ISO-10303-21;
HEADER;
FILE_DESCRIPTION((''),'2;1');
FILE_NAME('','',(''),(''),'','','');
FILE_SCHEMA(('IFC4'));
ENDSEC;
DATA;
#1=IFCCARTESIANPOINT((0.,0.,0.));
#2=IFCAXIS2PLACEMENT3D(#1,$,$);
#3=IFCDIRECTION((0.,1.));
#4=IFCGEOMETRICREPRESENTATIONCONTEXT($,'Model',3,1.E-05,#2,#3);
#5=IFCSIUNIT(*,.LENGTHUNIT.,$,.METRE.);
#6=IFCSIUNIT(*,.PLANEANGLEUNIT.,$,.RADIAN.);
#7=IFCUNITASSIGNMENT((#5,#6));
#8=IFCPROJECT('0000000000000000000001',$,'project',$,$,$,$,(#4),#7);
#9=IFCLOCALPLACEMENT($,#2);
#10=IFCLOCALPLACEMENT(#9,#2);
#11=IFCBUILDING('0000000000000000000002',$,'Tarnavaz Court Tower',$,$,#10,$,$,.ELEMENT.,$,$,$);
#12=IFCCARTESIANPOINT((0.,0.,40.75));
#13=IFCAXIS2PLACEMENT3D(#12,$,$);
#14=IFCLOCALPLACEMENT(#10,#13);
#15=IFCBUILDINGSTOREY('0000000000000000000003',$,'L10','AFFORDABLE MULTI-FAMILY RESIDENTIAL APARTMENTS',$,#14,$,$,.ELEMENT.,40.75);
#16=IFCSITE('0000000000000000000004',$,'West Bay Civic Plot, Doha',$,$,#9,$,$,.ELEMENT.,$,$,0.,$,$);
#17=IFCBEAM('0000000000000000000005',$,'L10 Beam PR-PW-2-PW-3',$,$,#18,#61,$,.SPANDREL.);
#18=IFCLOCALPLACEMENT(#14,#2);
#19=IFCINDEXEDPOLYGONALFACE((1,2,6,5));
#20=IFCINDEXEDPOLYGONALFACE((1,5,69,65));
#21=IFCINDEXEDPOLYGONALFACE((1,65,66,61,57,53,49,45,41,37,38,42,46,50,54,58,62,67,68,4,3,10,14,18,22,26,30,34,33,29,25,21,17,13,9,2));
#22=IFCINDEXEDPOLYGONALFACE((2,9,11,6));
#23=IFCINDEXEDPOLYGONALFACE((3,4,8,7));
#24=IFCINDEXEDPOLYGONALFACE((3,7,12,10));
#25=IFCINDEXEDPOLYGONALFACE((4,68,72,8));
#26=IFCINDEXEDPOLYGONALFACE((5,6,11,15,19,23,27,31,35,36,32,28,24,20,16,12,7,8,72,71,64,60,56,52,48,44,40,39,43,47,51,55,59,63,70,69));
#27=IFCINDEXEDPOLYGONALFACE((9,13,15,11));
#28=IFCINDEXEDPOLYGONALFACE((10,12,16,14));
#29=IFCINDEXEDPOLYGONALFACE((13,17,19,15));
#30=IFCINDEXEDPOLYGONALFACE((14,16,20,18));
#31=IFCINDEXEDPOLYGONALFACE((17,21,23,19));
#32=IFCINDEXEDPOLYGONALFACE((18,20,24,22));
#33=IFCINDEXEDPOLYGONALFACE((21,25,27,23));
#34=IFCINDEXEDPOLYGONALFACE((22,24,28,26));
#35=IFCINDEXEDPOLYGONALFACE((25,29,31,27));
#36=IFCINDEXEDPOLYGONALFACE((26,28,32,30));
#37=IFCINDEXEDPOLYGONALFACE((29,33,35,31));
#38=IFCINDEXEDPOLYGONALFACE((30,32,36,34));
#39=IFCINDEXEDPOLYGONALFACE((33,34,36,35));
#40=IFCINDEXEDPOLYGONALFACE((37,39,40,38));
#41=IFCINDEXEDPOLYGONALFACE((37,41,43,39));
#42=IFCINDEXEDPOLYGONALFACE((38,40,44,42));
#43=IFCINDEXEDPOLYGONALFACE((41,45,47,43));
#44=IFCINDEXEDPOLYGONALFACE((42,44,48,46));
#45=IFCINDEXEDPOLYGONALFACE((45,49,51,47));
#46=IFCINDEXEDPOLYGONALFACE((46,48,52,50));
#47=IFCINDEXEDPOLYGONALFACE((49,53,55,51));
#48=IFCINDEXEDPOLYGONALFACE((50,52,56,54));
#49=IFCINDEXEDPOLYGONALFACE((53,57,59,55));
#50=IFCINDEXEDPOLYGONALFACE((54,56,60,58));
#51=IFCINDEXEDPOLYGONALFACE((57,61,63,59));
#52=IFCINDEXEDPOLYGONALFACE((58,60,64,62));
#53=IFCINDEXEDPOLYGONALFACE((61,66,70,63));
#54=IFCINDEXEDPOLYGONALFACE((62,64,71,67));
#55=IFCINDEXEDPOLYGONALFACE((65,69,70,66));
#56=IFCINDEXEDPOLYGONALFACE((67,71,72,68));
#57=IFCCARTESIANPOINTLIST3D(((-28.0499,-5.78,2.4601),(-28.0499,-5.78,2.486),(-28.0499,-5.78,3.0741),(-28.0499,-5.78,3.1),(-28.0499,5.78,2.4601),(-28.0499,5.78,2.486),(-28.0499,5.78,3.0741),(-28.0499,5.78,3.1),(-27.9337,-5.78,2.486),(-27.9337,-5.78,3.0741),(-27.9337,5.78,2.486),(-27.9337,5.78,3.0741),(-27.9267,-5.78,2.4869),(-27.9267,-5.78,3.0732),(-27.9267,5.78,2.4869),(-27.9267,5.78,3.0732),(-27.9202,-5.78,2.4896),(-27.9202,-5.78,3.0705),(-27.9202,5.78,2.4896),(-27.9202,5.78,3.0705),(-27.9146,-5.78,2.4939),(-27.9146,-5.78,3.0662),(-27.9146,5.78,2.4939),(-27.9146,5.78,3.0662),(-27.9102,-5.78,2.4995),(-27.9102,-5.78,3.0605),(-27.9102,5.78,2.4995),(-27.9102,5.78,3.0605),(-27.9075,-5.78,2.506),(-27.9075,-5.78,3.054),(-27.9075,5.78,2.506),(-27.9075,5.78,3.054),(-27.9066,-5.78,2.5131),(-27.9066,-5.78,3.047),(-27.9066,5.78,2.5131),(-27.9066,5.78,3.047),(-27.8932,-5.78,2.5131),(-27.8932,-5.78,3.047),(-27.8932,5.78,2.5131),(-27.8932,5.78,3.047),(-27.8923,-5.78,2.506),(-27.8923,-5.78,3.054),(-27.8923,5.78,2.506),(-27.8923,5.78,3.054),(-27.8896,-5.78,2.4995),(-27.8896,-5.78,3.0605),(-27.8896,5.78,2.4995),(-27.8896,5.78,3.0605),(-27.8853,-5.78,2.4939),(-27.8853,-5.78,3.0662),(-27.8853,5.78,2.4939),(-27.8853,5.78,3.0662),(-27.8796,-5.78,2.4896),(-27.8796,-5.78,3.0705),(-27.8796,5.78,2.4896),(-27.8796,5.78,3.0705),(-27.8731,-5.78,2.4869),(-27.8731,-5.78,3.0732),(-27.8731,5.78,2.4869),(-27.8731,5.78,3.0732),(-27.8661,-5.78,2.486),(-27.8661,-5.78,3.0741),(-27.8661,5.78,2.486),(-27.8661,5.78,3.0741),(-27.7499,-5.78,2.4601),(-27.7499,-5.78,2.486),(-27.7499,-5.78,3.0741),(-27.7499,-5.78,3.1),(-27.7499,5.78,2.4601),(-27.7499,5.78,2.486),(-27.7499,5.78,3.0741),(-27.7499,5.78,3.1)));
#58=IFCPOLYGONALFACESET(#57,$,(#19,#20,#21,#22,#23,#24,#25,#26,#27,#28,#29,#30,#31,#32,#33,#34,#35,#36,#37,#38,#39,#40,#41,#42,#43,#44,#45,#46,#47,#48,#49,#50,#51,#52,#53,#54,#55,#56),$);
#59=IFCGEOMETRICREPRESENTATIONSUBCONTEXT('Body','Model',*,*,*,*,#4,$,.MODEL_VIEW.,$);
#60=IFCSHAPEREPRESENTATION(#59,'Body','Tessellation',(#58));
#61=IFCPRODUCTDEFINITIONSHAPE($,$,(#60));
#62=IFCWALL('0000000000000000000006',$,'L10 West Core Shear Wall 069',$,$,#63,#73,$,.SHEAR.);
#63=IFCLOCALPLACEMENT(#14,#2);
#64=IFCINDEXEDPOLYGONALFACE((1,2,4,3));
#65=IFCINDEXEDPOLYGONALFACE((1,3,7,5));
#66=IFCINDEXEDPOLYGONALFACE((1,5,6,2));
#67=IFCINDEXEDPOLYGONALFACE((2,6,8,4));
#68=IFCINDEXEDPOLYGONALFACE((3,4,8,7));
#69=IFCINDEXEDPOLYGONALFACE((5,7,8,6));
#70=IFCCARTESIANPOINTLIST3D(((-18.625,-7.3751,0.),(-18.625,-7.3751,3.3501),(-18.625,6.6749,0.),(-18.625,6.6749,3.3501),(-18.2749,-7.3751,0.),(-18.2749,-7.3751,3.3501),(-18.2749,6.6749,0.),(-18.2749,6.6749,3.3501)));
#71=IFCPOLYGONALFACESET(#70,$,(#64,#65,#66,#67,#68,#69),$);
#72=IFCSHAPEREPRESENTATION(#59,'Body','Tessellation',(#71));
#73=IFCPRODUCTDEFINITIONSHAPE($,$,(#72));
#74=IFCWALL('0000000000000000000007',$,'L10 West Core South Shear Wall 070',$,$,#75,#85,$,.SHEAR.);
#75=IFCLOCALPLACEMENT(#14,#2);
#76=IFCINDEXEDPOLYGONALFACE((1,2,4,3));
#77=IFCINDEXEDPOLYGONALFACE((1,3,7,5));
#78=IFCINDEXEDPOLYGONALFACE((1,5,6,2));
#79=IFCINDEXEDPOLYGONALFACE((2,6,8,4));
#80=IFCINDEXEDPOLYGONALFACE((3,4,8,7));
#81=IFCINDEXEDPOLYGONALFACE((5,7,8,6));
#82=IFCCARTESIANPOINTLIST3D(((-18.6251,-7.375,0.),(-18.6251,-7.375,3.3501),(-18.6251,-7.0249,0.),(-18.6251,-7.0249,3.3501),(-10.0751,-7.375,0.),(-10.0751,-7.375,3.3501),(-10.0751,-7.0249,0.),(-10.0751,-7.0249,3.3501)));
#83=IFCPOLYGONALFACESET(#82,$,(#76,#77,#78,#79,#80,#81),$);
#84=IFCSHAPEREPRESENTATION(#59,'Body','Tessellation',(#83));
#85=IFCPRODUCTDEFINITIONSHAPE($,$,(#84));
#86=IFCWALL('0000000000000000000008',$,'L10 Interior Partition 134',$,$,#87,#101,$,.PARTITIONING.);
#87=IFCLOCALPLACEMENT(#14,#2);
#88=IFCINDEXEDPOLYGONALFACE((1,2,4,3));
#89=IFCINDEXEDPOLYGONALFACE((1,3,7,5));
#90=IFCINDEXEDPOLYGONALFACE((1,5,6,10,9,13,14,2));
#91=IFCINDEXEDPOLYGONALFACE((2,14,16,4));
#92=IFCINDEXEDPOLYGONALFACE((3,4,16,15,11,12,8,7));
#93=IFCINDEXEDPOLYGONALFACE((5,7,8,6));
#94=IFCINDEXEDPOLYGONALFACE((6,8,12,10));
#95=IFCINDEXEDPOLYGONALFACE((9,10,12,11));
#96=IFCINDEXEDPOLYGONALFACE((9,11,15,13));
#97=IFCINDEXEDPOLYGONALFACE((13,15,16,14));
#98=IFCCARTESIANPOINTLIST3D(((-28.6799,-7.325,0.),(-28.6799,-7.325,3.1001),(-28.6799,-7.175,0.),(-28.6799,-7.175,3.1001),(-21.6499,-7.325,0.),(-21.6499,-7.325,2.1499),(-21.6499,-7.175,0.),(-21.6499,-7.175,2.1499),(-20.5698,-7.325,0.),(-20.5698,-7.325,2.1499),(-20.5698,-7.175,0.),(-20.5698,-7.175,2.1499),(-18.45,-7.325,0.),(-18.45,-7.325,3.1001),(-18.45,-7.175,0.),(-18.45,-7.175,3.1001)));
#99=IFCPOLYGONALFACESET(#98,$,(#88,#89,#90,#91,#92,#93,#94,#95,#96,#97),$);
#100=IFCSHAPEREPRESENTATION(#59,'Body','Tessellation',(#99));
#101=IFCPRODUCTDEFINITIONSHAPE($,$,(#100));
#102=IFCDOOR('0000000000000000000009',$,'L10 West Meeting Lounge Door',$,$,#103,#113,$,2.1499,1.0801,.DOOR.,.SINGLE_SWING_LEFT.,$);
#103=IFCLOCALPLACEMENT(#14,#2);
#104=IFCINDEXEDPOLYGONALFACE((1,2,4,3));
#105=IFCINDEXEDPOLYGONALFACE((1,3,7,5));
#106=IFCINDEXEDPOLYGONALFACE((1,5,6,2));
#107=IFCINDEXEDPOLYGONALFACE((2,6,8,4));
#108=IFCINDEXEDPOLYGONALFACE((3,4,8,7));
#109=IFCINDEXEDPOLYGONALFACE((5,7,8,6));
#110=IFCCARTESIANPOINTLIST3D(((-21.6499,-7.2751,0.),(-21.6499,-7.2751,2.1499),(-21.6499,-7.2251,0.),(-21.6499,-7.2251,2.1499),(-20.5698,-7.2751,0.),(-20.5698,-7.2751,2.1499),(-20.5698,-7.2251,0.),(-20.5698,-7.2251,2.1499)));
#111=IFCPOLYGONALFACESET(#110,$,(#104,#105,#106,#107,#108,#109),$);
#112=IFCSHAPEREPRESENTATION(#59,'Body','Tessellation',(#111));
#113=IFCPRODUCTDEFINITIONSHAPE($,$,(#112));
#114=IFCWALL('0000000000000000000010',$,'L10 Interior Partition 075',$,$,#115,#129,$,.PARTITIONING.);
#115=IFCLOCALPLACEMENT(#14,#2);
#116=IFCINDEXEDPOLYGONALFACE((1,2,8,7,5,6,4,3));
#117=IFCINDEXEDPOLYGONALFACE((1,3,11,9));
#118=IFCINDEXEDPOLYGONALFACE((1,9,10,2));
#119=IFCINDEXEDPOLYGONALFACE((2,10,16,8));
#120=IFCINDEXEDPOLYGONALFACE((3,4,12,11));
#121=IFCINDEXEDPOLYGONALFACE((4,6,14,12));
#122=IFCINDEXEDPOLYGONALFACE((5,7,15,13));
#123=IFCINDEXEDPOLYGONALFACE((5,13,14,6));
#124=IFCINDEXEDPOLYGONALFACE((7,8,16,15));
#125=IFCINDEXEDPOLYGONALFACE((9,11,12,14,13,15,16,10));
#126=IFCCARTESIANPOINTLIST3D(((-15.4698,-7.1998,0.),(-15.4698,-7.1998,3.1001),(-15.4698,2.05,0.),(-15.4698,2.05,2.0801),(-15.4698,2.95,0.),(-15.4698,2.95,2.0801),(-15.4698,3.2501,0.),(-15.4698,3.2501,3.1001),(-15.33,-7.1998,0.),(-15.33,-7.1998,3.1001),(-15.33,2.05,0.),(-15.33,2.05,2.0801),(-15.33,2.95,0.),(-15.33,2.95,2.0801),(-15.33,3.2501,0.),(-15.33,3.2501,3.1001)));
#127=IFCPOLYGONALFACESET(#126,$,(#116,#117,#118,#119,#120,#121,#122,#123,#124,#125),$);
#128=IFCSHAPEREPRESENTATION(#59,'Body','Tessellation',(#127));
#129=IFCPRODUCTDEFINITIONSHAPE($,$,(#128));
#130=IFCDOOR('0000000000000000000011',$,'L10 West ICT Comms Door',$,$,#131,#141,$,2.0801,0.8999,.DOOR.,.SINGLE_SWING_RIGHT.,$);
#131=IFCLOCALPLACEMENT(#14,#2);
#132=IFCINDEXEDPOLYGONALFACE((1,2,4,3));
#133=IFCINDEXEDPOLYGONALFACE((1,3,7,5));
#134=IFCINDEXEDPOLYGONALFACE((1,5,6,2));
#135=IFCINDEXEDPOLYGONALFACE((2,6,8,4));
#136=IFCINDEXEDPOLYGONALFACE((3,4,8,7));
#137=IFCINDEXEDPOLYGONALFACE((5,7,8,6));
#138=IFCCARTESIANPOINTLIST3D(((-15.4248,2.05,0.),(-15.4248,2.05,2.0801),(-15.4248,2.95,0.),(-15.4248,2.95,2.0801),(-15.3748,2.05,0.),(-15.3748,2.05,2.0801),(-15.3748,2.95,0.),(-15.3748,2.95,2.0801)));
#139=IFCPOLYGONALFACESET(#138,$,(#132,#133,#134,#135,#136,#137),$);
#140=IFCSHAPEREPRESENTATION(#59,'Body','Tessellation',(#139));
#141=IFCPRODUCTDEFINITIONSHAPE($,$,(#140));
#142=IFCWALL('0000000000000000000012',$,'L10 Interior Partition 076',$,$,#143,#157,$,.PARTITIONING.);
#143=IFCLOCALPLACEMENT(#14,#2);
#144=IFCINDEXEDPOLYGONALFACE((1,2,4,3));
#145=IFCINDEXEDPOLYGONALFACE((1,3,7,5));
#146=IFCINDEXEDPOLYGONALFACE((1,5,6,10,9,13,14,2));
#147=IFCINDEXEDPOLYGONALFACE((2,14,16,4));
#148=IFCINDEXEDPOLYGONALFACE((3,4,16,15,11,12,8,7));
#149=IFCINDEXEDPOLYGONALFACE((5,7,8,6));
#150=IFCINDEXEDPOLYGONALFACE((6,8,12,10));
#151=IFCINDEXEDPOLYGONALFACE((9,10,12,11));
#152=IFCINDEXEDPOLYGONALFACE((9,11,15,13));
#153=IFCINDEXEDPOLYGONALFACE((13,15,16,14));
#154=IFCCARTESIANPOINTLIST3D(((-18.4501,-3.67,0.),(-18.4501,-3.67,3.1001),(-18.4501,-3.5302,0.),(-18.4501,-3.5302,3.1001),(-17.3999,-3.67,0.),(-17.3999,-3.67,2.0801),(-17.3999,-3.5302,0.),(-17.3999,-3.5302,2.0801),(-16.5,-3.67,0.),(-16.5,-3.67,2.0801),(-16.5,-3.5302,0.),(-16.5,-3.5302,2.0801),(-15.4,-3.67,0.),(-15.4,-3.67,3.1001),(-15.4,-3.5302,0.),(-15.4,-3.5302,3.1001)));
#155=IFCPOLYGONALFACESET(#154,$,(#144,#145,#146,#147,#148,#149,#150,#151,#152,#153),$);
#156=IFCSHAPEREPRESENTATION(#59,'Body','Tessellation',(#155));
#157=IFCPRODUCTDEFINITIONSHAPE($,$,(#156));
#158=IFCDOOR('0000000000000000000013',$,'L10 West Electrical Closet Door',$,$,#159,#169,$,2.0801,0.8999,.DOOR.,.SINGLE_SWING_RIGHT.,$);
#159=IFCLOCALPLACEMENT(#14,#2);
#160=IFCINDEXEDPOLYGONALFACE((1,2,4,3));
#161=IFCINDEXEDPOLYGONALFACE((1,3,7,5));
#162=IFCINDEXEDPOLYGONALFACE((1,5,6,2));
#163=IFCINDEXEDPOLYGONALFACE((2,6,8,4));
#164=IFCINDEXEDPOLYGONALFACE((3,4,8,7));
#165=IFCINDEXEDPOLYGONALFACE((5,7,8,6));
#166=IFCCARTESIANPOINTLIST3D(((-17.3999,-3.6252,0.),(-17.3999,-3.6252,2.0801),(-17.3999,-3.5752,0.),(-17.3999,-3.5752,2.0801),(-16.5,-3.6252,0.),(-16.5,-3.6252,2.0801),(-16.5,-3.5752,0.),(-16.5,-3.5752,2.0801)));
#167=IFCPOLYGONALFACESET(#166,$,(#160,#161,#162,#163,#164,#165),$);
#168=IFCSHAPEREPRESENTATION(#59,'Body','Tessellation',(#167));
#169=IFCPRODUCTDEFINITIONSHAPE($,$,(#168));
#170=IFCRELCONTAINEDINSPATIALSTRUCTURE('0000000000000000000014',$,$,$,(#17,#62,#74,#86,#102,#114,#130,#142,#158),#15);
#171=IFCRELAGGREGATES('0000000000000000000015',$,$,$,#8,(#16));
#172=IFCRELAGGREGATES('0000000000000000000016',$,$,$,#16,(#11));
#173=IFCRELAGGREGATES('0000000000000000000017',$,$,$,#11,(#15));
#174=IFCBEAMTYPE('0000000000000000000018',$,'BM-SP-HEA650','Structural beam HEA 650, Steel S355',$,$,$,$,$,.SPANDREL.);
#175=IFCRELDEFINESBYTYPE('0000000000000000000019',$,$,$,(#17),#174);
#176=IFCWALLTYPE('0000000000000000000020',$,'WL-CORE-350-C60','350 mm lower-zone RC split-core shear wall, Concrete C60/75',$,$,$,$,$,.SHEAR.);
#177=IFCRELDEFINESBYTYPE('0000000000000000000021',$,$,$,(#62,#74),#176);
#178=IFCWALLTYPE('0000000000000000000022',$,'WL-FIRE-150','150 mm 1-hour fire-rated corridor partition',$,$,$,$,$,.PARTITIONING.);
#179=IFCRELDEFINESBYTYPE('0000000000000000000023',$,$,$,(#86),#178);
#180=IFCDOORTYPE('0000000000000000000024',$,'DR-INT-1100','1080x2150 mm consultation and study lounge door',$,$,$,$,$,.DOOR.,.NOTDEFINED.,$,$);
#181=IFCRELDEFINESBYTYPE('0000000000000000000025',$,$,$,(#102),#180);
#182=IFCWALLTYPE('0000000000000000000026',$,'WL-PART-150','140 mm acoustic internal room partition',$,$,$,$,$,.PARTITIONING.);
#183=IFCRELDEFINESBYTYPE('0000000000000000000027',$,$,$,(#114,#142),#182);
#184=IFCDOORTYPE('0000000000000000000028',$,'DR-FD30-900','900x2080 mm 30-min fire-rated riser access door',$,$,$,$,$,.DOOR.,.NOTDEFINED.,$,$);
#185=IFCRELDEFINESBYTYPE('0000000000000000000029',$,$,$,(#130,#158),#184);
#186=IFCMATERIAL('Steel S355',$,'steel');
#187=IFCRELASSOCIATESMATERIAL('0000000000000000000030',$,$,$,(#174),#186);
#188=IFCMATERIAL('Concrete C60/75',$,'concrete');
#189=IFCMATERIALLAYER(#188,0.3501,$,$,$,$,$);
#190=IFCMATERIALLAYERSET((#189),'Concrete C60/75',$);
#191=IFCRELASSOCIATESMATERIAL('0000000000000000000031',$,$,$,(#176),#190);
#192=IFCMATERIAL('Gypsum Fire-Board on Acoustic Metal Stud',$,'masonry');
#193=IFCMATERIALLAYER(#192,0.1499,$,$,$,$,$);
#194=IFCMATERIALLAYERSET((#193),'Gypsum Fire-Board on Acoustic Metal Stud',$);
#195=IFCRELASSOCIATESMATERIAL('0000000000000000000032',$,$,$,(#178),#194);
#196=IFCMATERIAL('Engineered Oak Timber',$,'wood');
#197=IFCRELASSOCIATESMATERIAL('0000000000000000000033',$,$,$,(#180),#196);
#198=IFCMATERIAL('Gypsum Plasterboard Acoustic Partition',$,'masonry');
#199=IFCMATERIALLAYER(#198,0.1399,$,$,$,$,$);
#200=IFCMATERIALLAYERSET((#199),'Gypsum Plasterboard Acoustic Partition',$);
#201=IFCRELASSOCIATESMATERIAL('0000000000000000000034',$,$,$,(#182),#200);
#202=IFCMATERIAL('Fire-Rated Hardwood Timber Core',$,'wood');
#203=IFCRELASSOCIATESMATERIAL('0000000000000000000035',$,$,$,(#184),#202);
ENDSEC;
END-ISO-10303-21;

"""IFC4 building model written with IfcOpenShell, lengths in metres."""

from ifc_helpers import new_model, si_unit, direction, frame, frame_2d, origin, origin_2d, place, context, subcontext, project, spatial, rectangle, i_section, extrude, material, layer, layer_set, material_profile, profile_set, type_object, element, fill, save


model = new_model("IFC4")

# Units and contexts
model_context = context("Model", 3, precision=1e-05, world=origin(), true_north=direction((0.0, 1.0)))
body_context = subcontext(model_context, "Body", "Model", "MODEL_VIEW")
ifc_project = project(units=[si_unit("LENGTHUNIT", "METRE"), si_unit("PLANEANGLEUNIT", "RADIAN")], contexts=[model_context])

# Site, building, storey
site_placement = place(None, origin())
site = spatial("IfcSite", under=ifc_project, at=site_placement, Name="West Bay Civic Plot, Doha", CompositionType="ELEMENT", RefElevation=0.0)
building_placement = place(site_placement, origin())
building = spatial("IfcBuilding", under=site, at=building_placement, Name="Tarnavaz Court Tower", CompositionType="ELEMENT")
storey_placement = place(building_placement, frame((0.0, 0.0, 40.75)))
storey = spatial("IfcBuildingStorey", under=building, at=storey_placement, Name="L10", Description="AFFORDABLE MULTI-FAMILY RESIDENTIAL APARTMENTS", CompositionType="ELEMENT", Elevation=40.75)

# Shared definitions
ifc_material_1 = material(Name="Concrete C60/75", Category="concrete")

# Beam
ifc_material_2 = material(Name="Steel S355", Category="steel")
ifc_material_profile_1 = material_profile(ifc_material_2, i_section(OverallWidth=0.3, OverallDepth=0.6399, WebThickness=0.0134, FlangeThickness=0.0259, FilletRadius=0.0271, at=origin_2d()), Name="HEA 650")
ifc_profile_set_1 = profile_set([ifc_material_profile_1], Name="Steel S355")
beam_type_1 = type_object("IfcBeamType", Name="BM-SP-HEA650", Description="Structural beam HEA 650, Steel S355", PredefinedType="SPANDREL", material=ifc_profile_set_1)
beam_1_placement = place(storey_placement, frame((-27.8999, -5.78, 2.78), z_axis=(0.0, 1.0, 0.0), x_axis=(-1.0, 0.0, 0.0)))
element("IfcBeam", 1, at=beam_1_placement, inside=storey, type_object=beam_type_1, Name="L10 Beam PR-PW-2-PW-3", PredefinedType="SPANDREL", context=body_context, shape_type="SweptSolid", body=[
    extrude(i_section(OverallWidth=0.3, OverallDepth=0.6399, WebThickness=0.0134, FlangeThickness=0.0259, FilletRadius=0.0271, at=origin_2d()), origin(), (0.0, 0.0, 1.0), 11.5601),
])

# Walls
ifc_layer_1 = layer(ifc_material_1, 0.3501)
ifc_layer_set_1 = layer_set([ifc_layer_1], Name="Concrete C60/75")
wall_type_1 = type_object("IfcWallType", Name="WL-CORE-350-C60", Description="350 mm lower-zone RC split-core shear wall, Concrete C60/75", PredefinedType="SHEAR", material=ifc_layer_set_1)
wall_1_placement = place(storey_placement, frame((-18.45, -7.375, 0.0), z_axis=(0.0, 0.0, 1.0), x_axis=(0.0, 1.0, 0.0)))
element("IfcWall", 2, at=wall_1_placement, inside=storey, type_object=wall_type_1, Name="L10 West Core Shear Wall 069", PredefinedType="SHEAR", context=body_context, shape_type="SweptSolid", body=[
    extrude(rectangle(XDim=14.05, YDim=0.3501, at=frame_2d((7.0249, 0.0))), origin(), (0.0, 0.0, 1.0), 3.3501),
])
wall_2_placement = place(storey_placement, frame((-18.625, -7.2, 0.0), z_axis=(0.0, 0.0, 1.0), x_axis=(1.0, 0.0, 0.0)))
element("IfcWall", 3, at=wall_2_placement, inside=storey, type_object=wall_type_1, Name="L10 West Core South Shear Wall 070", PredefinedType="SHEAR", context=body_context, shape_type="SweptSolid", body=[
    extrude(rectangle(XDim=8.55, YDim=0.3501, at=frame_2d((4.2749, 0.0))), origin(), (0.0, 0.0, 1.0), 3.3501),
])

# Walls, openings, doors
ifc_material_3 = material(Name="Gypsum Fire-Board on Acoustic Metal Stud", Category="masonry")
ifc_layer_2 = layer(ifc_material_3, 0.1499)
ifc_layer_set_2 = layer_set([ifc_layer_2], Name="Gypsum Fire-Board on Acoustic Metal Stud")
wall_type_2 = type_object("IfcWallType", Name="WL-FIRE-150", Description="150 mm 1-hour fire-rated corridor partition", PredefinedType="PARTITIONING", material=ifc_layer_set_2)
wall_3_placement = place(storey_placement, frame((-28.6799, -7.25, 0.0), z_axis=(0.0, 0.0, 1.0), x_axis=(1.0, 0.0, 0.0)))
wall_3 = element("IfcWall", 4, at=wall_3_placement, inside=storey, type_object=wall_type_2, Name="L10 Interior Partition 134", PredefinedType="PARTITIONING", context=body_context, shape_type="SweptSolid", body=[
    extrude(rectangle(XDim=10.23, YDim=0.1499, at=frame_2d((5.115, 0.0))), origin(), (0.0, 0.0, 1.0), 3.1001),
])
opening_1_placement = place(wall_3_placement, frame((7.03, 0.0, 0.0)))
opening_1 = element("IfcOpeningElement", 5, at=opening_1_placement, cuts=wall_3, PredefinedType="OPENING", context=body_context, shape_type="SweptSolid", body=[
    extrude(rectangle(XDim=1.0801, YDim=2.1499, at=frame_2d((0.54, 1.075))), frame((0.0, 0.085, 0.0), z_axis=(0.0, -1.0, 0.0), x_axis=(1.0, 0.0, 0.0)), (0.0, 0.0, 1.0), 0.1699),
])
ifc_material_4 = material(Name="Engineered Oak Timber", Category="wood")
door_type_1 = type_object("IfcDoorType", Name="DR-INT-1100", Description="1080x2150 mm consultation and study lounge door", OperationType="NOTDEFINED", PredefinedType="DOOR", material=ifc_material_4)
door_1_placement = place(opening_1_placement, origin())
door_1 = element("IfcDoor", 6, at=door_1_placement, inside=storey, type_object=door_type_1, Name="L10 West Meeting Lounge Door", OperationType="SINGLE_SWING_LEFT", OverallHeight=2.1499, OverallWidth=1.0801, PredefinedType="DOOR", context=body_context, shape_type="SweptSolid", body=[
    extrude(rectangle(XDim=1.0801, YDim=2.1499, at=frame_2d((0.54, 1.075))), frame((0.0, 0.0249, 0.0), z_axis=(0.0, -1.0, 0.0), x_axis=(1.0, 0.0, 0.0)), (0.0, 0.0, 1.0), 0.05),
])
fill(opening_1, door_1)
ifc_material_5 = material(Name="Gypsum Plasterboard Acoustic Partition", Category="masonry")
ifc_layer_3 = layer(ifc_material_5, 0.1399)
ifc_layer_set_3 = layer_set([ifc_layer_3], Name="Gypsum Plasterboard Acoustic Partition")
wall_type_3 = type_object("IfcWallType", Name="WL-PART-150", Description="140 mm acoustic internal room partition", PredefinedType="PARTITIONING", material=ifc_layer_set_3)
wall_4_placement = place(storey_placement, frame((-15.3999, -7.2, 0.0), z_axis=(0.0, 0.0, 1.0), x_axis=(0.0, 1.0, 0.0)))
wall_4 = element("IfcWall", 7, at=wall_4_placement, inside=storey, type_object=wall_type_3, Name="L10 Interior Partition 075", PredefinedType="PARTITIONING", context=body_context, shape_type="SweptSolid", body=[
    extrude(rectangle(XDim=10.45, YDim=0.1399, at=frame_2d((5.2251, 0.0))), origin(), (0.0, 0.0, 1.0), 3.1001),
])
opening_2_placement = place(wall_4_placement, frame((9.25, 0.0, 0.0)))
opening_2 = element("IfcOpeningElement", 8, at=opening_2_placement, cuts=wall_4, PredefinedType="OPENING", context=body_context, shape_type="SweptSolid", body=[
    extrude(rectangle(XDim=0.8999, YDim=2.0801, at=frame_2d((0.45, 1.04))), frame((0.0, 0.0798, 0.0), z_axis=(0.0, -1.0, 0.0), x_axis=(1.0, 0.0, 0.0)), (0.0, 0.0, 1.0), 0.1599),
])
ifc_material_6 = material(Name="Fire-Rated Hardwood Timber Core", Category="wood")
door_type_2 = type_object("IfcDoorType", Name="DR-FD30-900", Description="900x2080 mm 30-min fire-rated riser access door", OperationType="NOTDEFINED", PredefinedType="DOOR", material=ifc_material_6)
door_2_placement = place(opening_2_placement, origin())
door_2 = element("IfcDoor", 9, at=door_2_placement, inside=storey, type_object=door_type_2, Name="L10 West ICT Comms Door", OperationType="SINGLE_SWING_RIGHT", OverallHeight=2.0801, OverallWidth=0.8999, PredefinedType="DOOR", context=body_context, shape_type="SweptSolid", body=[
    extrude(rectangle(XDim=0.8999, YDim=2.0801, at=frame_2d((0.45, 1.04))), frame((0.0, 0.0249, 0.0), z_axis=(0.0, -1.0, 0.0), x_axis=(1.0, 0.0, 0.0)), (0.0, 0.0, 1.0), 0.05),
])
fill(opening_2, door_2)
wall_5_placement = place(storey_placement, frame((-18.45, -3.6001, 0.0), z_axis=(0.0, 0.0, 1.0), x_axis=(1.0, 0.0, 0.0)))
wall_5 = element("IfcWall", 10, at=wall_5_placement, inside=storey, type_object=wall_type_3, Name="L10 Interior Partition 076", PredefinedType="PARTITIONING", context=body_context, shape_type="SweptSolid", body=[
    extrude(rectangle(XDim=3.05, YDim=0.1399, at=frame_2d((1.5249, 0.0))), origin(), (0.0, 0.0, 1.0), 3.1001),
])
opening_3_placement = place(wall_5_placement, frame((1.05, 0.0, 0.0)))
opening_3 = element("IfcOpeningElement", 11, at=opening_3_placement, cuts=wall_5, PredefinedType="OPENING", context=body_context, shape_type="SweptSolid", body=[
    extrude(rectangle(XDim=0.8999, YDim=2.0801, at=frame_2d((0.45, 1.04))), frame((0.0, 0.0798, 0.0), z_axis=(0.0, -1.0, 0.0), x_axis=(1.0, 0.0, 0.0)), (0.0, 0.0, 1.0), 0.1599),
])
door_3_placement = place(opening_3_placement, origin())
door_3 = element("IfcDoor", 12, at=door_3_placement, inside=storey, type_object=door_type_2, Name="L10 West Electrical Closet Door", OperationType="SINGLE_SWING_RIGHT", OverallHeight=2.0801, OverallWidth=0.8999, PredefinedType="DOOR", context=body_context, shape_type="SweptSolid", body=[
    extrude(rectangle(XDim=0.8999, YDim=2.0801, at=frame_2d((0.45, 1.04))), frame((0.0, 0.0249, 0.0), z_axis=(0.0, -1.0, 0.0), x_axis=(1.0, 0.0, 0.0)), (0.0, 0.0, 1.0), 0.05),
])
fill(opening_3, door_3)

save(model, "model.ifc")
